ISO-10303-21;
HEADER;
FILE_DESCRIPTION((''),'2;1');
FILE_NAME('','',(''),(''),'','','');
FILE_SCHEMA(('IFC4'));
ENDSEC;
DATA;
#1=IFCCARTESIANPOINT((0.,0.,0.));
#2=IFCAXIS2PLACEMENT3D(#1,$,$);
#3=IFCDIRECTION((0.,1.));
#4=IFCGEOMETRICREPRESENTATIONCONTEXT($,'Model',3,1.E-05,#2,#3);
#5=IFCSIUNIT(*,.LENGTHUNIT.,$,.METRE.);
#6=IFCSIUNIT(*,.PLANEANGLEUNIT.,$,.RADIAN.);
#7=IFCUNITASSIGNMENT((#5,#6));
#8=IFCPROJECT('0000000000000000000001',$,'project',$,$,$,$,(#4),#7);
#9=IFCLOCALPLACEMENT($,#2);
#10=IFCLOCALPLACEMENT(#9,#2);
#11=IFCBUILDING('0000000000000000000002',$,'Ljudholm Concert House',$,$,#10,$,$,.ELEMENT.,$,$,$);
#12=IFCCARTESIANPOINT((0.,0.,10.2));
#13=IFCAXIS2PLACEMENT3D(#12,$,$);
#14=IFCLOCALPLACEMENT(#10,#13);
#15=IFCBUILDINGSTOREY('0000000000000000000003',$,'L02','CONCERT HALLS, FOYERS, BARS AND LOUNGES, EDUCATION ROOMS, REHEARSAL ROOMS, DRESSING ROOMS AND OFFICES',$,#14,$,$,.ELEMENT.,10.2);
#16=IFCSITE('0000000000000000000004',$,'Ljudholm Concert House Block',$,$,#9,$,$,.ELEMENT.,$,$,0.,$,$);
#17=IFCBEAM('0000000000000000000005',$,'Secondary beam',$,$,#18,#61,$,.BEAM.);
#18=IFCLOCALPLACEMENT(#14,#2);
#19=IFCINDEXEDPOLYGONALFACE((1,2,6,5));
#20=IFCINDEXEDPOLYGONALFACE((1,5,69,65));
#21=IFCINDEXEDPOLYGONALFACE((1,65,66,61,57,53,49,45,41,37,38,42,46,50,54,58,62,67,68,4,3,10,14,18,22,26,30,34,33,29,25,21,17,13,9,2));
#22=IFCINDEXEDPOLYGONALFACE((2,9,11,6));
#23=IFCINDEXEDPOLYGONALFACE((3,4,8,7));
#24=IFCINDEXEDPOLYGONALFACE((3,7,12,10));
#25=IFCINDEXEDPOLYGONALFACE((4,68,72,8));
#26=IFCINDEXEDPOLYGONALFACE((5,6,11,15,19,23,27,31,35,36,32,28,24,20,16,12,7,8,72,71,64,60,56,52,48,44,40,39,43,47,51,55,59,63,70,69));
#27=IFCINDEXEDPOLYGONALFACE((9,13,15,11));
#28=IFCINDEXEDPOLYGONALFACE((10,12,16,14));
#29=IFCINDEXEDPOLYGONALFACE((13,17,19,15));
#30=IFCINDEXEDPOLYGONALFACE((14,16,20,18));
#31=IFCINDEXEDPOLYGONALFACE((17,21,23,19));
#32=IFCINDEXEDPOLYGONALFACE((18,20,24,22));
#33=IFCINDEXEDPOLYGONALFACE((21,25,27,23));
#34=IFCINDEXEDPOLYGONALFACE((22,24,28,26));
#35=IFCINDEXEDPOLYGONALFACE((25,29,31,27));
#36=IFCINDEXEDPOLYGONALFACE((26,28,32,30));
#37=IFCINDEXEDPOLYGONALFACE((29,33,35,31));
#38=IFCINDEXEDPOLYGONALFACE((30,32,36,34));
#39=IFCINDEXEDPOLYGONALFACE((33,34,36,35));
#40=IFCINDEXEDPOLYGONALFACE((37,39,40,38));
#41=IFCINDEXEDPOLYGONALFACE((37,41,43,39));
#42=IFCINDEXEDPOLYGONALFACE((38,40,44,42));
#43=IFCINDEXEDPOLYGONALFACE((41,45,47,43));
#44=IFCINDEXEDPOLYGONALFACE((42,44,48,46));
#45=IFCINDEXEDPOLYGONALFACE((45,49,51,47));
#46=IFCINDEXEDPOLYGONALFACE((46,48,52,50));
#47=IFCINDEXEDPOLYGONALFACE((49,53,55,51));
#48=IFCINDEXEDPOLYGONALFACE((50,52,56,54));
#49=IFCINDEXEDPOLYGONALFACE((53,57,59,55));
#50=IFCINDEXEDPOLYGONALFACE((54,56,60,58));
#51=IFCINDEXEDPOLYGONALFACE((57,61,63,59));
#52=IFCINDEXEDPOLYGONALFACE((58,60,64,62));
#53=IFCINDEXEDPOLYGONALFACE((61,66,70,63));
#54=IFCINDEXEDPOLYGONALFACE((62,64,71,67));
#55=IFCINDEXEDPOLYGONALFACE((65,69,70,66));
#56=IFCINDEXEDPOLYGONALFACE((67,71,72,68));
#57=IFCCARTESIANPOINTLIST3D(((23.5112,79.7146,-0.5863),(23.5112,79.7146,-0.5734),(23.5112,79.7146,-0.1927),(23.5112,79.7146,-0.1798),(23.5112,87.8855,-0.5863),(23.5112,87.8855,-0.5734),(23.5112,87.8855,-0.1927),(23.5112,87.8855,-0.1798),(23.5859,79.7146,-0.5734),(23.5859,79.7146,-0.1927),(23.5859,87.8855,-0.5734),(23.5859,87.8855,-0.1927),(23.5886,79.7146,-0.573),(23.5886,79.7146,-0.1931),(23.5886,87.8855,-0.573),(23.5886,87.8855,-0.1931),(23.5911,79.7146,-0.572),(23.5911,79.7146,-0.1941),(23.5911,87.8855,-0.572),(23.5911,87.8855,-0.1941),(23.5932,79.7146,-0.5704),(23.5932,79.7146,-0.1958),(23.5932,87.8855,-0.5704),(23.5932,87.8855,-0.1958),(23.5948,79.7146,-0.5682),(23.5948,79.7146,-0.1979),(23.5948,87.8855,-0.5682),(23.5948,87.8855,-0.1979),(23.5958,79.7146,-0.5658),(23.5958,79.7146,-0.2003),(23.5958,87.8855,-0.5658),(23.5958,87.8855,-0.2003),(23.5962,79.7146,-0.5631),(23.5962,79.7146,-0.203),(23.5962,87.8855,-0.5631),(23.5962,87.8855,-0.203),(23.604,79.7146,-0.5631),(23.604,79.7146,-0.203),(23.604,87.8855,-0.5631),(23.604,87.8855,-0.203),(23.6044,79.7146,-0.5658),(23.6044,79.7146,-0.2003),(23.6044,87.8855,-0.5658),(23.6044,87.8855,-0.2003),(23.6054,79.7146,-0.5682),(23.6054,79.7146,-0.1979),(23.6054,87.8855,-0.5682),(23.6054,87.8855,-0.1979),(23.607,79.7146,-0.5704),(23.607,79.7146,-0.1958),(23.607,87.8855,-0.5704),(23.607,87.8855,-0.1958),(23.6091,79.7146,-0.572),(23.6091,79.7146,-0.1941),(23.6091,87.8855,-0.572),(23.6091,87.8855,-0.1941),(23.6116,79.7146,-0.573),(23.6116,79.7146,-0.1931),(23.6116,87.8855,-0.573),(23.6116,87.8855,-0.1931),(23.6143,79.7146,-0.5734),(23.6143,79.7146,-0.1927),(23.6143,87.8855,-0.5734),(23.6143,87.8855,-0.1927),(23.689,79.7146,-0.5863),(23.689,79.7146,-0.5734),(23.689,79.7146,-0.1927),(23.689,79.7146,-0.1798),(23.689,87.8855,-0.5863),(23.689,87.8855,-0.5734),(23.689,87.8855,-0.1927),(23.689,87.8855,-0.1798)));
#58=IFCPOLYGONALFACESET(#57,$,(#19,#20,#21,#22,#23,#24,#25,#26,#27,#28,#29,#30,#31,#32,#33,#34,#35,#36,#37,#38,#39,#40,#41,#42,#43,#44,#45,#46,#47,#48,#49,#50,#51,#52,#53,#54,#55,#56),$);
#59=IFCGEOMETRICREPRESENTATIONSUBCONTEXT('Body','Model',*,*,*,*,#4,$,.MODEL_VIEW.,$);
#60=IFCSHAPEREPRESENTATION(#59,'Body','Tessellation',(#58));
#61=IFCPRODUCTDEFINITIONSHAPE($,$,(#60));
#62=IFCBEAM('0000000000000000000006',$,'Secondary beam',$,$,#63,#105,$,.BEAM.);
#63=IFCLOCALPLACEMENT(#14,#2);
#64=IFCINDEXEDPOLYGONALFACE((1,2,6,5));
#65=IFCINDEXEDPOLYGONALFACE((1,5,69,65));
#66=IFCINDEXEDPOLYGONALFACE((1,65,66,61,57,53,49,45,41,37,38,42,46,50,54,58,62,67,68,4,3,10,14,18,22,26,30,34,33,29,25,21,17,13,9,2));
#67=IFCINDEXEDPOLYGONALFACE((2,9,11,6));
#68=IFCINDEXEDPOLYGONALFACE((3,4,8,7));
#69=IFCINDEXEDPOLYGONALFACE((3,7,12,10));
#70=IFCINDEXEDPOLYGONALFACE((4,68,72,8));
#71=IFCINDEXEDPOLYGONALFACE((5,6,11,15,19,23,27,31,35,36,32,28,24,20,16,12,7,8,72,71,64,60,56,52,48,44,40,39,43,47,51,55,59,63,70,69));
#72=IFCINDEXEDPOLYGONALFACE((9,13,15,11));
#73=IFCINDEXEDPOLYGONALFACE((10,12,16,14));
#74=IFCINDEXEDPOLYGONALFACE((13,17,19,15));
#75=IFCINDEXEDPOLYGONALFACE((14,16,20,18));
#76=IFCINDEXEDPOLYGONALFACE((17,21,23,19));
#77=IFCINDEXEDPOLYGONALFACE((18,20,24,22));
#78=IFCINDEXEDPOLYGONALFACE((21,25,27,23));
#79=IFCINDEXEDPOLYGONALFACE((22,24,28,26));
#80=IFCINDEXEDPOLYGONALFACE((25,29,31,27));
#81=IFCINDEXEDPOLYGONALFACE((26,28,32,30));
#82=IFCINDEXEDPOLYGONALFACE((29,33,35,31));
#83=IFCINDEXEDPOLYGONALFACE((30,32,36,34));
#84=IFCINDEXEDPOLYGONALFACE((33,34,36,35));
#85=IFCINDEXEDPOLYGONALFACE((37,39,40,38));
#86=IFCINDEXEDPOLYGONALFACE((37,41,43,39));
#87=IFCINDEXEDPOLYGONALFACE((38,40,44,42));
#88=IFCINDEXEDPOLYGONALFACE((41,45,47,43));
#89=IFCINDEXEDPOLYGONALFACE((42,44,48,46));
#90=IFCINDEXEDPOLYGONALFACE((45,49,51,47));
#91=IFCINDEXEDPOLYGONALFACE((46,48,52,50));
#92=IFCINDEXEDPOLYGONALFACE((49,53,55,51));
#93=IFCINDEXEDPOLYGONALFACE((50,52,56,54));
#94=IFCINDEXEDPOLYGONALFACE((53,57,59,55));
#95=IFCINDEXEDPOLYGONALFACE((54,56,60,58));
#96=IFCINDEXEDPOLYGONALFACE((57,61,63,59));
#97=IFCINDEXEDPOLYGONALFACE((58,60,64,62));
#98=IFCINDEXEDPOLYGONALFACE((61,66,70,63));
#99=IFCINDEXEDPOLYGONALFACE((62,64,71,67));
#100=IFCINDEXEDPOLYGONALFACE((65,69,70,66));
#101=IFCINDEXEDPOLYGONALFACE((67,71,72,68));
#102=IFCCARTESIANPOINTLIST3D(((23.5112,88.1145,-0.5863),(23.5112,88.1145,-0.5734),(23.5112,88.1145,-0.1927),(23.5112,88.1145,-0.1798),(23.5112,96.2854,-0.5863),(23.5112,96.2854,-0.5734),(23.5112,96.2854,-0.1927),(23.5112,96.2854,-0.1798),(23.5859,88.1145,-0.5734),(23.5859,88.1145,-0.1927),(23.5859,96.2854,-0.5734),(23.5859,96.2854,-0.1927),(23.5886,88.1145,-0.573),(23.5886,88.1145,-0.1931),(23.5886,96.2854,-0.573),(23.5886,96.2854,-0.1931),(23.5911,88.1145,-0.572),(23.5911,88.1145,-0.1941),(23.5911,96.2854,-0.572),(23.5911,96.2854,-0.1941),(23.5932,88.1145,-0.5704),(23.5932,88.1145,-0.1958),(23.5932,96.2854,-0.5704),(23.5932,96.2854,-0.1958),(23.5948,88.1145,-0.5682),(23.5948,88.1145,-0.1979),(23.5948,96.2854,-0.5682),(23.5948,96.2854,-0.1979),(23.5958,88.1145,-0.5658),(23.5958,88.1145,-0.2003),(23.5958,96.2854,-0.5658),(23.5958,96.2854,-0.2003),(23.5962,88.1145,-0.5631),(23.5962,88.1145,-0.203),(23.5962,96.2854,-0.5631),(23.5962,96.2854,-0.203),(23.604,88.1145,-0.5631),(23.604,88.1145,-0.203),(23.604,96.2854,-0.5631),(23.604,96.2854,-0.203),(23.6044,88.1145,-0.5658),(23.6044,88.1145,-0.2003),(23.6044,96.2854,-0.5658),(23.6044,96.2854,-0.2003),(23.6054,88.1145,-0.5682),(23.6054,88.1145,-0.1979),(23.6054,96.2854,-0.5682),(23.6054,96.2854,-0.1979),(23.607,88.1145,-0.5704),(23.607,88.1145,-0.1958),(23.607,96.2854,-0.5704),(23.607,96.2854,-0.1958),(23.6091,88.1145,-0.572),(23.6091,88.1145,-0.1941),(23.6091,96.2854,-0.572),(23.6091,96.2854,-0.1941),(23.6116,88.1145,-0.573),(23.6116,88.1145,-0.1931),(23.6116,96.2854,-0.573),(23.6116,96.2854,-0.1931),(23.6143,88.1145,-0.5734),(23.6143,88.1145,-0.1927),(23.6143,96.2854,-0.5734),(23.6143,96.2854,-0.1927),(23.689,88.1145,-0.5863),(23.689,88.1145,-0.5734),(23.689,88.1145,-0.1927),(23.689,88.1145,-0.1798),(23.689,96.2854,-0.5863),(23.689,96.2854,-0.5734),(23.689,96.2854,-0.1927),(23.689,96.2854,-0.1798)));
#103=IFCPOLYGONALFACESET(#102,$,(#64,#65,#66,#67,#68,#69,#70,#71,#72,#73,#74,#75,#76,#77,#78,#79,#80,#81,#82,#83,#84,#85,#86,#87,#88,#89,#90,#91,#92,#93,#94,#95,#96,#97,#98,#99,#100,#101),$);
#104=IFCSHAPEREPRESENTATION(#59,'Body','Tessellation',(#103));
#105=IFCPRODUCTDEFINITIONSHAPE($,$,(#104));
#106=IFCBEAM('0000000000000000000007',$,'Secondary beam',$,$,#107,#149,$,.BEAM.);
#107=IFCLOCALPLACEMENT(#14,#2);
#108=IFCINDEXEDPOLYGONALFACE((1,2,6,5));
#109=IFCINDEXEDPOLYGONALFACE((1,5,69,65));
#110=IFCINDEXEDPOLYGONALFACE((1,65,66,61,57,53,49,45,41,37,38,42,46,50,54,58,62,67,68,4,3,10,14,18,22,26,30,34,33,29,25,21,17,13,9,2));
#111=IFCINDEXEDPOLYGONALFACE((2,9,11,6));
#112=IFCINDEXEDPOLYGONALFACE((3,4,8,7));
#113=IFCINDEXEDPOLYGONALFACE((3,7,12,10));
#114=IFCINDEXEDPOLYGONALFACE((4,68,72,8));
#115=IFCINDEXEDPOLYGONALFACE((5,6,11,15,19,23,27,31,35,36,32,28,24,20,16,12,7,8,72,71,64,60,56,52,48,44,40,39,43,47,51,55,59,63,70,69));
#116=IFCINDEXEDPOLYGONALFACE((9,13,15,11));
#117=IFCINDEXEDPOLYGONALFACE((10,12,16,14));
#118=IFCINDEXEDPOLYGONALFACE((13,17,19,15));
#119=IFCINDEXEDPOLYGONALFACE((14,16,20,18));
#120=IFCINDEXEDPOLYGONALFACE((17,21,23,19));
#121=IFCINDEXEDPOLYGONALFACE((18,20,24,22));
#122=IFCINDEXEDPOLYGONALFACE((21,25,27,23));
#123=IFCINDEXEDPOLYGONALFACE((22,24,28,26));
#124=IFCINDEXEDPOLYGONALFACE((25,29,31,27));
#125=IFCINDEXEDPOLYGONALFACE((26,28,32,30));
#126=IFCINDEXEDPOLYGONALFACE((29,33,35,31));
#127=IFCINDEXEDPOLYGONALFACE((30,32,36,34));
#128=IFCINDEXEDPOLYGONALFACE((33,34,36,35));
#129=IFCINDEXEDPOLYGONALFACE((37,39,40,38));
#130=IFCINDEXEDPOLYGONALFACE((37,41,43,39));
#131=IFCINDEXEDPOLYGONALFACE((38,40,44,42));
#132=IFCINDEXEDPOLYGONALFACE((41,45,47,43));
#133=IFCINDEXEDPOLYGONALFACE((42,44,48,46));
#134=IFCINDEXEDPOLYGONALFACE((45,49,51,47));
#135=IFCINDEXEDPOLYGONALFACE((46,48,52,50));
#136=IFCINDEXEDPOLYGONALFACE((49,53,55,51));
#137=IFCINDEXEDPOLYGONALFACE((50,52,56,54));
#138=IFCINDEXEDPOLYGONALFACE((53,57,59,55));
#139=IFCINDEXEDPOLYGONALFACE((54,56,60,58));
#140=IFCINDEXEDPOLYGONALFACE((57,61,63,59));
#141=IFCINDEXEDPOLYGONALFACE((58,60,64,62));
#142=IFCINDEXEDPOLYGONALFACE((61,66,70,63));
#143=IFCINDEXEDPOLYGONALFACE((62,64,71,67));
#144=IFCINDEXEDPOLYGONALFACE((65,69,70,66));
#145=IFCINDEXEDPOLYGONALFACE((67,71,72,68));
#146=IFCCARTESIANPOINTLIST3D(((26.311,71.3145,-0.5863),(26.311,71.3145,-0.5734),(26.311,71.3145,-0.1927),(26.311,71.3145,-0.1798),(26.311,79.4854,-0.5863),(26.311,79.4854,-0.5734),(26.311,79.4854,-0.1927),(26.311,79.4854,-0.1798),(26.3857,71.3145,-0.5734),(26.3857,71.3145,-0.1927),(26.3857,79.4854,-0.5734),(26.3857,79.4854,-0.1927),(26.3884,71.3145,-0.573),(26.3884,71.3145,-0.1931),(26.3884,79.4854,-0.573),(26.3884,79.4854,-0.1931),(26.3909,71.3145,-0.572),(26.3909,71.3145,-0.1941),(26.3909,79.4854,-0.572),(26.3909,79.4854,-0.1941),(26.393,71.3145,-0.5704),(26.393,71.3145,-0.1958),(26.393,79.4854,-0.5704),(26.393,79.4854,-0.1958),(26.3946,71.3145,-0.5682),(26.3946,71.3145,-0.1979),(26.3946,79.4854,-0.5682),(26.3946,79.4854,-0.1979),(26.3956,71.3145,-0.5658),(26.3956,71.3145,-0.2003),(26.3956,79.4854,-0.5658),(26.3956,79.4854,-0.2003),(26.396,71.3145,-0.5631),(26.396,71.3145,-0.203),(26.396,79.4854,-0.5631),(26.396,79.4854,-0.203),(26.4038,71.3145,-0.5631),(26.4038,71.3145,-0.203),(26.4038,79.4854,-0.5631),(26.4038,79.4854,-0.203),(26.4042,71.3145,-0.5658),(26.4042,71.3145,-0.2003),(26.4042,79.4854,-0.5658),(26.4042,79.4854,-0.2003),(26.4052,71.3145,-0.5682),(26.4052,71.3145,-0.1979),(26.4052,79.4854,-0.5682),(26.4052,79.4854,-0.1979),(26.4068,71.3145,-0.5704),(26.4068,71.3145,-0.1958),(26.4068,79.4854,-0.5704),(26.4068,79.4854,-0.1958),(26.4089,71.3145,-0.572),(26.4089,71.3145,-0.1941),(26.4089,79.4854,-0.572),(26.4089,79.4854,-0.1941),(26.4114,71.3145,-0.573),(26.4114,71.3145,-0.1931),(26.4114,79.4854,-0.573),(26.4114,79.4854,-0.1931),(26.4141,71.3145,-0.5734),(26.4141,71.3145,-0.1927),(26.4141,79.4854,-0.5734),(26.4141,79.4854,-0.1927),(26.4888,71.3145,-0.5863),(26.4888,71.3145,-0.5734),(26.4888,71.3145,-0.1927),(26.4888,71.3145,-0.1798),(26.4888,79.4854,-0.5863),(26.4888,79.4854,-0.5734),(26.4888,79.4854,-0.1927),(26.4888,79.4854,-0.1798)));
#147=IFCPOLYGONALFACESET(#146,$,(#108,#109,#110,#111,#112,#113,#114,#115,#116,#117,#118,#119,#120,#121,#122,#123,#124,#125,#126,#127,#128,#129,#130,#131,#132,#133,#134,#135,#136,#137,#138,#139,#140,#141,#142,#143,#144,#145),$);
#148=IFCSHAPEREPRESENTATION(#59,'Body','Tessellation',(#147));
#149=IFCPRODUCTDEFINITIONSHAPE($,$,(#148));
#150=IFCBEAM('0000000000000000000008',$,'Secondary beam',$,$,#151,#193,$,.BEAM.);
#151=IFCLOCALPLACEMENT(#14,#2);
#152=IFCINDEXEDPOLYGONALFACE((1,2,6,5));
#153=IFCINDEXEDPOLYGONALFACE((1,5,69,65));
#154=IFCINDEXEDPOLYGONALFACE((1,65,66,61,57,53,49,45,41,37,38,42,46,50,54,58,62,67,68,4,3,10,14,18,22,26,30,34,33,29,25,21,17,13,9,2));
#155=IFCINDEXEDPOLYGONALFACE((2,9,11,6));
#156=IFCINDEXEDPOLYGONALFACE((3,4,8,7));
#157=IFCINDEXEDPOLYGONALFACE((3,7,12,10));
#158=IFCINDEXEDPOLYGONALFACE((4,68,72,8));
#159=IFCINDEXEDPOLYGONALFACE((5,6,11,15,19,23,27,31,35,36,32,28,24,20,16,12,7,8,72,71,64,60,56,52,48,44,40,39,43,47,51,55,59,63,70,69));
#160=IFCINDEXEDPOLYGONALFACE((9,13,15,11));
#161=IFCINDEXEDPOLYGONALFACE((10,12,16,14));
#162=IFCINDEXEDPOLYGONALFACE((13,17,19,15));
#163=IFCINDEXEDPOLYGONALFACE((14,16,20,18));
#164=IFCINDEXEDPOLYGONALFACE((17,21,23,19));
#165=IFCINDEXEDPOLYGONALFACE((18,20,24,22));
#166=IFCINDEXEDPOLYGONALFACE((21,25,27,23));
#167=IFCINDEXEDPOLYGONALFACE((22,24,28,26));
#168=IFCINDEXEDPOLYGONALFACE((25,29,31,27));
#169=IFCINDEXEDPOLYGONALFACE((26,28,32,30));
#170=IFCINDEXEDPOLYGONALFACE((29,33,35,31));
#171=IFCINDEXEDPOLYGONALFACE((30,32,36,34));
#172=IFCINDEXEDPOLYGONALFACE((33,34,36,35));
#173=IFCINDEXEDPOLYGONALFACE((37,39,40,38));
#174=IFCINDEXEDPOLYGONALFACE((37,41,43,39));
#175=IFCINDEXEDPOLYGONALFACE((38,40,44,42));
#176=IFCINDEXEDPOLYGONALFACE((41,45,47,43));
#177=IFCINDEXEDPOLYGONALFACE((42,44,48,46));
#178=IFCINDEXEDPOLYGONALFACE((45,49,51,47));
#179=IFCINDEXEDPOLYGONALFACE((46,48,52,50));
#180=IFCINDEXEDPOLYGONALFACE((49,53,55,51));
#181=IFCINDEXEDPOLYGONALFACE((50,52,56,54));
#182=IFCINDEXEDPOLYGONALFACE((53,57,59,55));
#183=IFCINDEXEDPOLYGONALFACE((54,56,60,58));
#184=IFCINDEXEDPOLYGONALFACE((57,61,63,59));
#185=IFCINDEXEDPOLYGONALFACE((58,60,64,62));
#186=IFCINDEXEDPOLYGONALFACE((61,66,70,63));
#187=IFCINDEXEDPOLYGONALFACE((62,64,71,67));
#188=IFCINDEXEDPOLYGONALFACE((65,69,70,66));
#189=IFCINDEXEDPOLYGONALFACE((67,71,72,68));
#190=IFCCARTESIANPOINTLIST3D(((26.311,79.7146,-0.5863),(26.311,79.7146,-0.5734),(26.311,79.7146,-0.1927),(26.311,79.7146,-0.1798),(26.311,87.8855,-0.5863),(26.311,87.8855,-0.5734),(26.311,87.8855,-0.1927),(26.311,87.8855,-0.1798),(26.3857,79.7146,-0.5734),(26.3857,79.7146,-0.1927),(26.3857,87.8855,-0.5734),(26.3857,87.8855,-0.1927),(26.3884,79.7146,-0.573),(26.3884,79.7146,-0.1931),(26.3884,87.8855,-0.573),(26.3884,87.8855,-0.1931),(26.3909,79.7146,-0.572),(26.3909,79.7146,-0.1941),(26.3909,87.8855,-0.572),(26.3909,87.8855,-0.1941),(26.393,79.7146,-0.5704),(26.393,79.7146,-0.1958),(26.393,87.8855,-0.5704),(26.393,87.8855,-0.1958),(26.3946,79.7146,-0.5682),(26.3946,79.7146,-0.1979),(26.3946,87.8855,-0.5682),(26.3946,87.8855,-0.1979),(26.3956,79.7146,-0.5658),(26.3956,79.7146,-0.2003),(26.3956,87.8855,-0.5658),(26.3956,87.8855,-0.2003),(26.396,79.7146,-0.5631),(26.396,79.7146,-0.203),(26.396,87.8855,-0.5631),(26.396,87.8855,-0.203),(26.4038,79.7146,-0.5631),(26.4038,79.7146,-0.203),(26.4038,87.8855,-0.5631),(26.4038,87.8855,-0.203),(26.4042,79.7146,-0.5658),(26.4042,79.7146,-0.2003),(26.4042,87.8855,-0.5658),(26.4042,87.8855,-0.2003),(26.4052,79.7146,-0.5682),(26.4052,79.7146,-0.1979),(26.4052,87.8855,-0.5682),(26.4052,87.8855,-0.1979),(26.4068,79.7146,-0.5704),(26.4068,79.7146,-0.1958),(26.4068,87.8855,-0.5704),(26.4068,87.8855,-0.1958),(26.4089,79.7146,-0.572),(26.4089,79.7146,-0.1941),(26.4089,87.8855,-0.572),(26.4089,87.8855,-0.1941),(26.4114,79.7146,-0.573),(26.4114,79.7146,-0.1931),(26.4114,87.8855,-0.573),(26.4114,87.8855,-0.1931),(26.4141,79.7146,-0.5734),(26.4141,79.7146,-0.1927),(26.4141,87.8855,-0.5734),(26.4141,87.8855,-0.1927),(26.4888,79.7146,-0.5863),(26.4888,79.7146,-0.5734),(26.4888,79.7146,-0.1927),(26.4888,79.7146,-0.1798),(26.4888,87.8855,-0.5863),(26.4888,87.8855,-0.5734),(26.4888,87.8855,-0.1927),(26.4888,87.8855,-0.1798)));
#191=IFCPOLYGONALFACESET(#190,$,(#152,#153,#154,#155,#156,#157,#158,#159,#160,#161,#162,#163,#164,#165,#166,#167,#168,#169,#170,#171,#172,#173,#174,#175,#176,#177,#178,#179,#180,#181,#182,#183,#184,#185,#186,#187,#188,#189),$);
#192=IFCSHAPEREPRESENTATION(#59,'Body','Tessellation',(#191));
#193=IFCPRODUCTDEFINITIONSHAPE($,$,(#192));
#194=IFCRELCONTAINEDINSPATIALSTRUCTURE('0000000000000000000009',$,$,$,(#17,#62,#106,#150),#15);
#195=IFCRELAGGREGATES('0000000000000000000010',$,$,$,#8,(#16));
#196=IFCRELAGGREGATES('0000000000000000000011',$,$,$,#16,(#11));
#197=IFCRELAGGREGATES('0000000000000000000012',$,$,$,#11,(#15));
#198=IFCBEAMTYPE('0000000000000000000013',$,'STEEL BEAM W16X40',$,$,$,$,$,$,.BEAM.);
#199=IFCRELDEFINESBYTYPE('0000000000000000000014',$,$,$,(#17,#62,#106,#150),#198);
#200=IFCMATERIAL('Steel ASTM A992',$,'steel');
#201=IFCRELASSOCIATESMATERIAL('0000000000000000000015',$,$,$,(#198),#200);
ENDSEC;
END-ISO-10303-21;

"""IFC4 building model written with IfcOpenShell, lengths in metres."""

from ifc_helpers import new_model, si_unit, direction, frame, origin, origin_2d, place, context, subcontext, project, spatial, i_section, extrude, material, material_profile, profile_set, type_object, element, save


model = new_model("IFC4")

# Units and contexts
model_context = context("Model", 3, precision=1e-05, world=origin(), true_north=direction((0.0, 1.0)))
body_context = subcontext(model_context, "Body", "Model", "MODEL_VIEW")
ifc_project = project(units=[si_unit("LENGTHUNIT", "METRE"), si_unit("PLANEANGLEUNIT", "RADIAN")], contexts=[model_context])

# Site, building, storey
site_placement = place(None, origin())
site = spatial("IfcSite", under=ifc_project, at=site_placement, Name="Ljudholm Concert House Block", CompositionType="ELEMENT", RefElevation=0.0)
building_placement = place(site_placement, origin())
building = spatial("IfcBuilding", under=site, at=building_placement, Name="Ljudholm Concert House", CompositionType="ELEMENT")
storey_placement = place(building_placement, frame((0.0, 0.0, 10.2)))
storey = spatial("IfcBuildingStorey", under=building, at=storey_placement, Name="L02", Description="CONCERT HALLS, FOYERS, BARS AND LOUNGES, EDUCATION ROOMS, REHEARSAL ROOMS, DRESSING ROOMS AND OFFICES", CompositionType="ELEMENT", Elevation=10.2)

# Beams
ifc_material_1 = material(Name="Steel ASTM A992", Category="steel")
ifc_material_profile_1 = material_profile(ifc_material_1, i_section(OverallWidth=0.1777, OverallDepth=0.4065, WebThickness=0.0078, FlangeThickness=0.0129, FilletRadius=0.0103, at=origin_2d()), Name="W16X40")
ifc_profile_set_1 = profile_set([ifc_material_profile_1], Name="Steel ASTM A992")
beam_type_1 = type_object("IfcBeamType", Name="STEEL BEAM W16X40", PredefinedType="BEAM", material=ifc_profile_set_1)
for number, where, z_axis, x_axis, name in (
    (1, (23.6001, 79.7146, -0.3831), (0.0, 1.0, 0.0), (-1.0, 0.0, 0.0), "Secondary beam"),
    (2, (23.6001, 88.1145, -0.3831), (0.0, 1.0, 0.0), (-1.0, 0.0, 0.0), "Secondary beam"),
    (3, (26.3999, 71.3145, -0.3831), (0.0, 1.0, 0.0), (-1.0, 0.0, 0.0), "Secondary beam"),
    (4, (26.3999, 79.7146, -0.3831), (0.0, 1.0, 0.0), (-1.0, 0.0, 0.0), "Secondary beam"),
):
    element("IfcBeam", number, at=place(storey_placement, frame(where, z_axis=z_axis, x_axis=x_axis)), inside=storey, type_object=beam_type_1, Name=name, PredefinedType="BEAM", context=body_context, shape_type="SweptSolid", body=[
        extrude(i_section(OverallWidth=0.1777, OverallDepth=0.4065, WebThickness=0.0078, FlangeThickness=0.0129, FilletRadius=0.0103, at=origin_2d()), origin(), (0.0, 0.0, 1.0), 8.1709),
    ])

save(model, "model.ifc")
